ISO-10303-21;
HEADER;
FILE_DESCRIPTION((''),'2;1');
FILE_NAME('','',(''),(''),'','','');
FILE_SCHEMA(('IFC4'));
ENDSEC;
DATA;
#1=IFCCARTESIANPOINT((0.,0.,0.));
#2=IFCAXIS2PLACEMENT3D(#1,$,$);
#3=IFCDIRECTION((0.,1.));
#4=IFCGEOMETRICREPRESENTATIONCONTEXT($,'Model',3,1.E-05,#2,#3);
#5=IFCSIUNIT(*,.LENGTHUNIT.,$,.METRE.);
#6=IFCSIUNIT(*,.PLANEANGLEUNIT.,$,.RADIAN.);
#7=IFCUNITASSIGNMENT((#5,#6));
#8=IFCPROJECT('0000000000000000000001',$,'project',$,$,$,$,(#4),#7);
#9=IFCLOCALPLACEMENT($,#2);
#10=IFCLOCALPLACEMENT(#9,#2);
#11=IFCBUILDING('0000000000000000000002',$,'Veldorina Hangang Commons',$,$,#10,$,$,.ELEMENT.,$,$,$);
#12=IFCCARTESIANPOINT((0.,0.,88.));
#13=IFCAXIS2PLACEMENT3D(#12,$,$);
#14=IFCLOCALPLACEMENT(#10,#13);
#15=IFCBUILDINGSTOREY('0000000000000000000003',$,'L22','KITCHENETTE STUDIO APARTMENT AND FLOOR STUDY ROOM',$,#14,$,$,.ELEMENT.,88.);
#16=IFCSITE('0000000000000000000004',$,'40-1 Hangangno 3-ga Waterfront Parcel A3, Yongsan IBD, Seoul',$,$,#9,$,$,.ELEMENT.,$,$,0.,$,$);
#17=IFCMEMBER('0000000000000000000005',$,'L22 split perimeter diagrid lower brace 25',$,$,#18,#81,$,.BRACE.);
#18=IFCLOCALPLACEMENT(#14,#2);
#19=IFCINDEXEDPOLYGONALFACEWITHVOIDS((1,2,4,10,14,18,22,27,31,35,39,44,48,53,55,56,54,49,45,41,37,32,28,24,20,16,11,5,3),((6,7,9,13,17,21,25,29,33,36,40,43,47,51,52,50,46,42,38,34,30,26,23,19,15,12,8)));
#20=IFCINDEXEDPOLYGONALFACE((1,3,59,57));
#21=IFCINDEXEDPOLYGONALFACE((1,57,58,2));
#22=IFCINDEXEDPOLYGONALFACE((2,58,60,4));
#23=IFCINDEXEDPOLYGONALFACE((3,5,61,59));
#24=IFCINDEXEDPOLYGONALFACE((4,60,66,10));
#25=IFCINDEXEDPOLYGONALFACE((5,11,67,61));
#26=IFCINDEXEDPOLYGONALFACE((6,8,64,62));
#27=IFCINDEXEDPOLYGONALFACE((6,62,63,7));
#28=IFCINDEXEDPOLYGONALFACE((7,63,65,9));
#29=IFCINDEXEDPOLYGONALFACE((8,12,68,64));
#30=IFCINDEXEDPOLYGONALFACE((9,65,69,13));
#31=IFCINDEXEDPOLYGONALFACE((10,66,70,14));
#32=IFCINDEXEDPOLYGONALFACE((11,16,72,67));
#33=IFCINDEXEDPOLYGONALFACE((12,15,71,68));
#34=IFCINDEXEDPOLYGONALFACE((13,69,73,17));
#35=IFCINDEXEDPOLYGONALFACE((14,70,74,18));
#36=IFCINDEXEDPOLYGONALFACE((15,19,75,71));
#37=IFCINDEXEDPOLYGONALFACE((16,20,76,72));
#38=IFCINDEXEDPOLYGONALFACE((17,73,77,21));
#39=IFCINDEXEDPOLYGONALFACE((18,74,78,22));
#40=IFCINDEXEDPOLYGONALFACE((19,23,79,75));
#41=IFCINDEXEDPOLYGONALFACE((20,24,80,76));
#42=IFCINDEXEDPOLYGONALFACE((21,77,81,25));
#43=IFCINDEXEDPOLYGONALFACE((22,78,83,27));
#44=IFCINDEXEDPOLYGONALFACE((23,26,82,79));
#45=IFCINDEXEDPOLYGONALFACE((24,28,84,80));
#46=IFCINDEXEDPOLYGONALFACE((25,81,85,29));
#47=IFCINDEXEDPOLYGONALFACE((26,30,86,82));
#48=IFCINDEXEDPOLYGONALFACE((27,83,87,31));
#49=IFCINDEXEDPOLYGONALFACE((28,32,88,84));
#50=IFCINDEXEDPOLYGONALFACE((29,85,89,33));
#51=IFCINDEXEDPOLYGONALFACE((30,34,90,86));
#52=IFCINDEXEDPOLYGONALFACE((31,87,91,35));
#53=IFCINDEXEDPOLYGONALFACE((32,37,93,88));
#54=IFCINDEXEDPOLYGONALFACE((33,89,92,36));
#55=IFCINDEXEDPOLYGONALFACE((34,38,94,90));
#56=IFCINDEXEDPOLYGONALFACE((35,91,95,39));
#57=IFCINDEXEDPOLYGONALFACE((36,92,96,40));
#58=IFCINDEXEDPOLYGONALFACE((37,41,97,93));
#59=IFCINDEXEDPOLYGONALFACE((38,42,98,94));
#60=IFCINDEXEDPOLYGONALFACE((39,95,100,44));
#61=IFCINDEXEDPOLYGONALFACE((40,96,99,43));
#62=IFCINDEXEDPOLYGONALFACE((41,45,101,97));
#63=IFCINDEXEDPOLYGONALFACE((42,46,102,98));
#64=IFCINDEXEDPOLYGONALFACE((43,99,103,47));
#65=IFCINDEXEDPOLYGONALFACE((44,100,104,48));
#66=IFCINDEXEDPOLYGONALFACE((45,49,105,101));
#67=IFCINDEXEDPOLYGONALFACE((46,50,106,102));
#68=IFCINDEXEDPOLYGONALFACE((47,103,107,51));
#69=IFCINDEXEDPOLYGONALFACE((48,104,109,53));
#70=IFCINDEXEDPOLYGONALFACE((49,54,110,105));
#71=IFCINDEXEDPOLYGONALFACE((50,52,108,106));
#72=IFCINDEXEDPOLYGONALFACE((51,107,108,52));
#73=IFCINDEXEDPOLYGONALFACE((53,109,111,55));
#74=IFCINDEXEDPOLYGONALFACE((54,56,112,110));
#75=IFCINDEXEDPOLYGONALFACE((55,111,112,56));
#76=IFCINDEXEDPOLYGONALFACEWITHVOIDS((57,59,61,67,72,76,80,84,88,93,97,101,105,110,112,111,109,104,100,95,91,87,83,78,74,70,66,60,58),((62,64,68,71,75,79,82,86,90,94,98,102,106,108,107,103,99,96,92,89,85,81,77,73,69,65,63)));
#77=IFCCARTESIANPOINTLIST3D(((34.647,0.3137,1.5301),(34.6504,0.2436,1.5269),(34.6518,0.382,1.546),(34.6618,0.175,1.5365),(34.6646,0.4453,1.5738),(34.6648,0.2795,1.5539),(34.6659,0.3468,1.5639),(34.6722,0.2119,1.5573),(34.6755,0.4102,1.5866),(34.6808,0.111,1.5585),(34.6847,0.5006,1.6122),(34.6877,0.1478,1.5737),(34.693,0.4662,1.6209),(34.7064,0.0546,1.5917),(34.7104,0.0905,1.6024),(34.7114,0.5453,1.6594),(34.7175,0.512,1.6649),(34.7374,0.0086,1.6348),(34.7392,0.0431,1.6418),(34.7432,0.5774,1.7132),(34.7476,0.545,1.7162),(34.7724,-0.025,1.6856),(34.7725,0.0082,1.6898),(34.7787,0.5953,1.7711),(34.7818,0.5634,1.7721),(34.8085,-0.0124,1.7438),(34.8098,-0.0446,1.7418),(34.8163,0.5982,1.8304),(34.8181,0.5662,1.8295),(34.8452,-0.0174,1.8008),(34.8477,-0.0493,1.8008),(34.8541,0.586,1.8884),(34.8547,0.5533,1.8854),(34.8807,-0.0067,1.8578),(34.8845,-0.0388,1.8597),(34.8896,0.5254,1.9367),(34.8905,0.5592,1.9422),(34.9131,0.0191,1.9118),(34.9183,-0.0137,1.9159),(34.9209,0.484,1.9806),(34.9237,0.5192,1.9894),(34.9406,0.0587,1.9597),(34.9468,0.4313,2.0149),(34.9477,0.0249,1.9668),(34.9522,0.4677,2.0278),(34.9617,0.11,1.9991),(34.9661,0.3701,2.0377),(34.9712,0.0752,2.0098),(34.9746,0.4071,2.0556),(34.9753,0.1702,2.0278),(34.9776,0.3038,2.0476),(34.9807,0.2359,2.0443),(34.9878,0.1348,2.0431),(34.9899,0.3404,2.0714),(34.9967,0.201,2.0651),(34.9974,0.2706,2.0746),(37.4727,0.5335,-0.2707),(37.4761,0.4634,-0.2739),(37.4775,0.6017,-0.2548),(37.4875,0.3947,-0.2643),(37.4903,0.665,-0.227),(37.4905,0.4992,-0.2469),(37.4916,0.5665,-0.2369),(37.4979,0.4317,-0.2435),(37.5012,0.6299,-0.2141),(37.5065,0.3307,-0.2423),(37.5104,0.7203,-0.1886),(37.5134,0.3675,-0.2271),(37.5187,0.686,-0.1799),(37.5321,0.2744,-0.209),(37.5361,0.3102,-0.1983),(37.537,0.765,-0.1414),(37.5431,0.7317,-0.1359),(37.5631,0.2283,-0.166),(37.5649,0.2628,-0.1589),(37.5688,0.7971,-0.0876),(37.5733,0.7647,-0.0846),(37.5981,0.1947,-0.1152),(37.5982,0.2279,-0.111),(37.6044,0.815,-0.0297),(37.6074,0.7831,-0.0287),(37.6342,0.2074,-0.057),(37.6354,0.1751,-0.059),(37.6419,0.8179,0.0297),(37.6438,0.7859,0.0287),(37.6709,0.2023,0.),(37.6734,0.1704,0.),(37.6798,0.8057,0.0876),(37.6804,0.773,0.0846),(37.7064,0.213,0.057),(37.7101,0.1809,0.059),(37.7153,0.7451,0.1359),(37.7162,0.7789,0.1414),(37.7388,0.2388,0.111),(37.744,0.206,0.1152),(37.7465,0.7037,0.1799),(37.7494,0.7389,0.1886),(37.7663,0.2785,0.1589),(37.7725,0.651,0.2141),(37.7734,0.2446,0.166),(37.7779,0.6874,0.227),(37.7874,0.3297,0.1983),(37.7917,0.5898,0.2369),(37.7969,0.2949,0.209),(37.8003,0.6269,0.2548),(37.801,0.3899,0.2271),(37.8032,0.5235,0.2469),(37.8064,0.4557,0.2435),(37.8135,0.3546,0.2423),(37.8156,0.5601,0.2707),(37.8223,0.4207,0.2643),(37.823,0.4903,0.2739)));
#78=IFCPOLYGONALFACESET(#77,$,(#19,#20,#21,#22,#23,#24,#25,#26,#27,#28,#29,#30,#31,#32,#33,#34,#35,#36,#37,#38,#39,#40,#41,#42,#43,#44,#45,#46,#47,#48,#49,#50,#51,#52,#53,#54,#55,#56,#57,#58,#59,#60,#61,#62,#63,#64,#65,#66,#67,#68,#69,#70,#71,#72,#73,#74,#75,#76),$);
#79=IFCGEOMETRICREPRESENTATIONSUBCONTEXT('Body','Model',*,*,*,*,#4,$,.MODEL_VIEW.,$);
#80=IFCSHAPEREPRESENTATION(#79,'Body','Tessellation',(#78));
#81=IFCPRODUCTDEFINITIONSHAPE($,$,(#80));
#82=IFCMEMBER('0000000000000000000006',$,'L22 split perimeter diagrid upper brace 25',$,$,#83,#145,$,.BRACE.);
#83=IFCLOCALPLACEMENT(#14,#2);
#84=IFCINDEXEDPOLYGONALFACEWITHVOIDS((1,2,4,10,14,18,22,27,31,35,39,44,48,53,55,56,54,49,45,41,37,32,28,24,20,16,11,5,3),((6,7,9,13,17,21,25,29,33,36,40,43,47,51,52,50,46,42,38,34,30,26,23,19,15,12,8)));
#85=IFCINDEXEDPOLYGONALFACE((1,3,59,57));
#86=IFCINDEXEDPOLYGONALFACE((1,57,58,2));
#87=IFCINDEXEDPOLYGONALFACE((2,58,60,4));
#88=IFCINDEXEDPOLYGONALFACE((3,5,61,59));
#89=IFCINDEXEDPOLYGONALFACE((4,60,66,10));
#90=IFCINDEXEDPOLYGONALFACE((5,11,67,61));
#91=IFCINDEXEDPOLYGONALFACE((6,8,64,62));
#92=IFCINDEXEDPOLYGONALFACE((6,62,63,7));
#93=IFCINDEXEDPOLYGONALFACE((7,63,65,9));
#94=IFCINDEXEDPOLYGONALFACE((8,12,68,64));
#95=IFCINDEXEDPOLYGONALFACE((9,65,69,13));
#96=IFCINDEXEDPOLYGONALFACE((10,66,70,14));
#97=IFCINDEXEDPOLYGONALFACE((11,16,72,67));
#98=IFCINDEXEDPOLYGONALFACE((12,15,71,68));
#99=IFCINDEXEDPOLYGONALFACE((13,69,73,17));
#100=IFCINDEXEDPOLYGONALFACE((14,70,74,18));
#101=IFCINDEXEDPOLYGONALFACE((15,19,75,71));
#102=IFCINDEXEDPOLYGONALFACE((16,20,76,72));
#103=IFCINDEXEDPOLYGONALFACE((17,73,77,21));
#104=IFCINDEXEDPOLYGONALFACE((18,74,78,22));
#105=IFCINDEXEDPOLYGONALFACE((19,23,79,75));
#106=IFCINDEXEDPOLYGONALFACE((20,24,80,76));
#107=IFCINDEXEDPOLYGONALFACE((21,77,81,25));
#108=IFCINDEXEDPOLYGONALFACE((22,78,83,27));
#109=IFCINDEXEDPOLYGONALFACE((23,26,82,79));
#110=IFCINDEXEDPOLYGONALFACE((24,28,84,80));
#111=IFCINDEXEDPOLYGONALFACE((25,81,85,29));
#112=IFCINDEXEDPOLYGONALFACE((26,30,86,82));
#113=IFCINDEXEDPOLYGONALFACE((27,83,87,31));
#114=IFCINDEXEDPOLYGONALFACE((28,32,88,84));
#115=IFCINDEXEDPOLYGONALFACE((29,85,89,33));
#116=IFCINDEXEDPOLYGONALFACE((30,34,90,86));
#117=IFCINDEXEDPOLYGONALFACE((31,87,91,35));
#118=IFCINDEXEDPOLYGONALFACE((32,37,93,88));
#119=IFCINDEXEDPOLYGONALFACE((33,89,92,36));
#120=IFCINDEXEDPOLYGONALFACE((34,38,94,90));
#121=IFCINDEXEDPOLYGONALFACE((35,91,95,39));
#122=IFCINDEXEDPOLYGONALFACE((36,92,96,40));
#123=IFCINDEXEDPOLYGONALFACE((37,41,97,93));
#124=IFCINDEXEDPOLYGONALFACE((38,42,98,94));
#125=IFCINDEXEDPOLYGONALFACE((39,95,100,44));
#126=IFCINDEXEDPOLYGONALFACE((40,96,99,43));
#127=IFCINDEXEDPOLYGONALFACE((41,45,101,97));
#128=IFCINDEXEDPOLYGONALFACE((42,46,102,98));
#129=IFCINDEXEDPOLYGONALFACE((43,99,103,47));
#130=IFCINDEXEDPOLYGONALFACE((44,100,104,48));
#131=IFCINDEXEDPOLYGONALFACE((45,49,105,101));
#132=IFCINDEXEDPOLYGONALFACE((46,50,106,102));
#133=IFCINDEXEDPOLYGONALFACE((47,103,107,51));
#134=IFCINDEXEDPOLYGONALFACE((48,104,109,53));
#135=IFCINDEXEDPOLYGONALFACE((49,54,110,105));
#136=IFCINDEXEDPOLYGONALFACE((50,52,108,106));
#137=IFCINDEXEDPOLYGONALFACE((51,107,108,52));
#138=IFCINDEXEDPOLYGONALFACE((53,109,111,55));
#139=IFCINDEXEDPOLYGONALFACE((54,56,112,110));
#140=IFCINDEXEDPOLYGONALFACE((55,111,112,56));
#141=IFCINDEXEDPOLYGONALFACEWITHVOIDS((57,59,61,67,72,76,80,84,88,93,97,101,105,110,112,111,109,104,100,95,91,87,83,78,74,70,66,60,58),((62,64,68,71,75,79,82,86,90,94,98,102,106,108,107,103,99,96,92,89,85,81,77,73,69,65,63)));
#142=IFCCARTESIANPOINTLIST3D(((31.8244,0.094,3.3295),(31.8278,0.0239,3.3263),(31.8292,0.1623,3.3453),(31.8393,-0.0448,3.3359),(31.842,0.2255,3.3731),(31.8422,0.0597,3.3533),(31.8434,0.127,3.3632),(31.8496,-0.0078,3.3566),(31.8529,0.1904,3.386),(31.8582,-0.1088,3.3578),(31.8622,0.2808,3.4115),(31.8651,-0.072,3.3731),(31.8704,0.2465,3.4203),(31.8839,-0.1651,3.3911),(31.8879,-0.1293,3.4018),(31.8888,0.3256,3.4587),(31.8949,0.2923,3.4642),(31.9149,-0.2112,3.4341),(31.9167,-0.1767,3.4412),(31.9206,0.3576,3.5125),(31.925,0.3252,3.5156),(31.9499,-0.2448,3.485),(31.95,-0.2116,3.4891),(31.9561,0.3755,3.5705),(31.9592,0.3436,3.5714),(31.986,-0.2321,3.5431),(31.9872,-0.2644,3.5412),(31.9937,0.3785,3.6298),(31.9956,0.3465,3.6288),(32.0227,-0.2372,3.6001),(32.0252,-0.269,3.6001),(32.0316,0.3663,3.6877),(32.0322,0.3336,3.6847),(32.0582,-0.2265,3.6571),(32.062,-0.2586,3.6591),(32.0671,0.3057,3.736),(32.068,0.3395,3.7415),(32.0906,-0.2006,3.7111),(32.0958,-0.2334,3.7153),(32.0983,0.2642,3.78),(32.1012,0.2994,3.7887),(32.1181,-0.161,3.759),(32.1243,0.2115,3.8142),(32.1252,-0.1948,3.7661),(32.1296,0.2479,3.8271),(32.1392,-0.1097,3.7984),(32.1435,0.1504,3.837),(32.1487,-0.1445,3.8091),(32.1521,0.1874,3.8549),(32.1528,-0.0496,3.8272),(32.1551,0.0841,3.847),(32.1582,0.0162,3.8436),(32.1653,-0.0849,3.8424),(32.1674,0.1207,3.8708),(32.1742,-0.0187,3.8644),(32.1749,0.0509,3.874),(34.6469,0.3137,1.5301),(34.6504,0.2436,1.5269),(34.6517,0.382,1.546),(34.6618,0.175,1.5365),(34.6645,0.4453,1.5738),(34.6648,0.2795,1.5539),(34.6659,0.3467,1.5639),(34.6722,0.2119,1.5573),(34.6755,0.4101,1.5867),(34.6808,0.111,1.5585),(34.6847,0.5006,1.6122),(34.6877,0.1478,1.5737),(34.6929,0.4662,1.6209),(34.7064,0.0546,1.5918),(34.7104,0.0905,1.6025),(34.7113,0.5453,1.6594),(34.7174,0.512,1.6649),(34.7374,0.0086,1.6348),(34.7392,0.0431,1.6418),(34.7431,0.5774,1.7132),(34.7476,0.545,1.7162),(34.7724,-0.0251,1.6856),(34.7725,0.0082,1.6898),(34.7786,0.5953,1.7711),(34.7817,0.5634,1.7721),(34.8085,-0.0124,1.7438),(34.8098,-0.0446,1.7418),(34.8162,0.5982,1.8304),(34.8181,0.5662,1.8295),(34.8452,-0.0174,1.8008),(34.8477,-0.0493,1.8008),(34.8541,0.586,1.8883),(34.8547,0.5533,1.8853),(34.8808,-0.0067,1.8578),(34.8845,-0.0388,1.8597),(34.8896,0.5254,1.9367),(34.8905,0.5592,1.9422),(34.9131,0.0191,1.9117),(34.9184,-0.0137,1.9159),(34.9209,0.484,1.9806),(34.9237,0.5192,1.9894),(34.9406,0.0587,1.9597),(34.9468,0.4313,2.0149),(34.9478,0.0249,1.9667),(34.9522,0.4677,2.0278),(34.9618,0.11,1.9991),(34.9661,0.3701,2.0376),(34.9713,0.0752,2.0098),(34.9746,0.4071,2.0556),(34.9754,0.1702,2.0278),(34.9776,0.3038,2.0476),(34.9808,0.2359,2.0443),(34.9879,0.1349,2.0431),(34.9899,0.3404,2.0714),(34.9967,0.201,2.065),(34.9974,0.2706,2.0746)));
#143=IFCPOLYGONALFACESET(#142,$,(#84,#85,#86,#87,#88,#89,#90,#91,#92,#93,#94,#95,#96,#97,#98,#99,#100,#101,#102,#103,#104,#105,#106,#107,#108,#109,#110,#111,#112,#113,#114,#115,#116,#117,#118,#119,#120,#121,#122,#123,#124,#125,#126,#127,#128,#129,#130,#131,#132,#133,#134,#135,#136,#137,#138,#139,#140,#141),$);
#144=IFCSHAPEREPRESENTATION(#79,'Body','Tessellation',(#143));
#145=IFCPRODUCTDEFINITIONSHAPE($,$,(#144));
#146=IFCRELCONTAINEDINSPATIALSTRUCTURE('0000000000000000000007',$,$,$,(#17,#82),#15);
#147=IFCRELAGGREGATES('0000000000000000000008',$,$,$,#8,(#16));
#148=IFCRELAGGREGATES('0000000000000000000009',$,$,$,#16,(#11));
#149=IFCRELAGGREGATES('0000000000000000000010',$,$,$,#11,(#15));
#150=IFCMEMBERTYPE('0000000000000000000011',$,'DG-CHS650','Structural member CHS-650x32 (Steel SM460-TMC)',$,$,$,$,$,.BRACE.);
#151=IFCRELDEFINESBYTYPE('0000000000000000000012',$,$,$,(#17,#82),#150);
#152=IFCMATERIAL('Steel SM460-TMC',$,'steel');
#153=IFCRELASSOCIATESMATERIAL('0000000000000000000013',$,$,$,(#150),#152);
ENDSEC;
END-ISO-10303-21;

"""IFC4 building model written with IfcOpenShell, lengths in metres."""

from ifc_helpers import new_model, si_unit, direction, frame, origin, origin_2d, place, context, subcontext, project, spatial, hollow_circle, extrude, material, material_profile, profile_set, type_object, element, save


model = new_model("IFC4")

# Units and contexts
model_context = context("Model", 3, precision=1e-05, world=origin(), true_north=direction((0.0, 1.0)))
body_context = subcontext(model_context, "Body", "Model", "MODEL_VIEW")
ifc_project = project(units=[si_unit("LENGTHUNIT", "METRE"), si_unit("PLANEANGLEUNIT", "RADIAN")], contexts=[model_context])

# Site, building, storey
site_placement = place(None, origin())
site = spatial("IfcSite", under=ifc_project, at=site_placement, Name="40-1 Hangangno 3-ga Waterfront Parcel A3, Yongsan IBD, Seoul", CompositionType="ELEMENT", RefElevation=0.0)
building_placement = place(site_placement, origin())
building = spatial("IfcBuilding", under=site, at=building_placement, Name="Veldorina Hangang Commons", CompositionType="ELEMENT")
storey_placement = place(building_placement, frame((0.0, 0.0, 88.0)))
storey = spatial("IfcBuildingStorey", under=building, at=storey_placement, Name="L22", Description="KITCHENETTE STUDIO APARTMENT AND FLOOR STUDY ROOM", CompositionType="ELEMENT", Elevation=88.0)

# Members
ifc_material_1 = material(Name="Steel SM460-TMC", Category="steel")
ifc_material_profile_1 = material_profile(ifc_material_1, hollow_circle(Radius=0.325, WallThickness=0.032, at=origin_2d()), Name="CHS-650x32")
ifc_profile_set_1 = profile_set([ifc_material_profile_1], Name="Steel SM460-TMC")
member_type_1 = type_object("IfcMemberType", Name="DG-CHS650", Description="Structural member CHS-650x32 (Steel SM460-TMC)", PredefinedType="BRACE", material=ifc_profile_set_1)
member_1_placement = place(storey_placement, frame((37.6482, 0.4944, 0.0), z_axis=(-0.8415, -0.065435, 0.53628), x_axis=(0.077526, -0.99699, 0.0)))
element("IfcMember", 1, at=member_1_placement, inside=storey, type_object=member_type_1, Name="L22 split perimeter diagrid lower brace 25", PredefinedType="BRACE", context=body_context, shape_type="SweptSolid", body=[
    extrude(hollow_circle(Radius=0.325, WallThickness=0.032, at=origin_2d()), origin(), (0.0, 0.0, 1.0), 3.3579),
])
member_2_placement = place(storey_placement, frame((34.8225, 0.2747, 1.8008), z_axis=(-0.841421, -0.065503, 0.536396), x_axis=(0.077613, -0.996984, 0.0)))
element("IfcMember", 2, at=member_2_placement, inside=storey, type_object=member_type_1, Name="L22 split perimeter diagrid upper brace 25", PredefinedType="BRACE", context=body_context, shape_type="SweptSolid", body=[
    extrude(hollow_circle(Radius=0.325, WallThickness=0.032, at=origin_2d()), origin(), (0.0, 0.0, 1.0), 3.3545),
])

save(model, "model.ifc")
